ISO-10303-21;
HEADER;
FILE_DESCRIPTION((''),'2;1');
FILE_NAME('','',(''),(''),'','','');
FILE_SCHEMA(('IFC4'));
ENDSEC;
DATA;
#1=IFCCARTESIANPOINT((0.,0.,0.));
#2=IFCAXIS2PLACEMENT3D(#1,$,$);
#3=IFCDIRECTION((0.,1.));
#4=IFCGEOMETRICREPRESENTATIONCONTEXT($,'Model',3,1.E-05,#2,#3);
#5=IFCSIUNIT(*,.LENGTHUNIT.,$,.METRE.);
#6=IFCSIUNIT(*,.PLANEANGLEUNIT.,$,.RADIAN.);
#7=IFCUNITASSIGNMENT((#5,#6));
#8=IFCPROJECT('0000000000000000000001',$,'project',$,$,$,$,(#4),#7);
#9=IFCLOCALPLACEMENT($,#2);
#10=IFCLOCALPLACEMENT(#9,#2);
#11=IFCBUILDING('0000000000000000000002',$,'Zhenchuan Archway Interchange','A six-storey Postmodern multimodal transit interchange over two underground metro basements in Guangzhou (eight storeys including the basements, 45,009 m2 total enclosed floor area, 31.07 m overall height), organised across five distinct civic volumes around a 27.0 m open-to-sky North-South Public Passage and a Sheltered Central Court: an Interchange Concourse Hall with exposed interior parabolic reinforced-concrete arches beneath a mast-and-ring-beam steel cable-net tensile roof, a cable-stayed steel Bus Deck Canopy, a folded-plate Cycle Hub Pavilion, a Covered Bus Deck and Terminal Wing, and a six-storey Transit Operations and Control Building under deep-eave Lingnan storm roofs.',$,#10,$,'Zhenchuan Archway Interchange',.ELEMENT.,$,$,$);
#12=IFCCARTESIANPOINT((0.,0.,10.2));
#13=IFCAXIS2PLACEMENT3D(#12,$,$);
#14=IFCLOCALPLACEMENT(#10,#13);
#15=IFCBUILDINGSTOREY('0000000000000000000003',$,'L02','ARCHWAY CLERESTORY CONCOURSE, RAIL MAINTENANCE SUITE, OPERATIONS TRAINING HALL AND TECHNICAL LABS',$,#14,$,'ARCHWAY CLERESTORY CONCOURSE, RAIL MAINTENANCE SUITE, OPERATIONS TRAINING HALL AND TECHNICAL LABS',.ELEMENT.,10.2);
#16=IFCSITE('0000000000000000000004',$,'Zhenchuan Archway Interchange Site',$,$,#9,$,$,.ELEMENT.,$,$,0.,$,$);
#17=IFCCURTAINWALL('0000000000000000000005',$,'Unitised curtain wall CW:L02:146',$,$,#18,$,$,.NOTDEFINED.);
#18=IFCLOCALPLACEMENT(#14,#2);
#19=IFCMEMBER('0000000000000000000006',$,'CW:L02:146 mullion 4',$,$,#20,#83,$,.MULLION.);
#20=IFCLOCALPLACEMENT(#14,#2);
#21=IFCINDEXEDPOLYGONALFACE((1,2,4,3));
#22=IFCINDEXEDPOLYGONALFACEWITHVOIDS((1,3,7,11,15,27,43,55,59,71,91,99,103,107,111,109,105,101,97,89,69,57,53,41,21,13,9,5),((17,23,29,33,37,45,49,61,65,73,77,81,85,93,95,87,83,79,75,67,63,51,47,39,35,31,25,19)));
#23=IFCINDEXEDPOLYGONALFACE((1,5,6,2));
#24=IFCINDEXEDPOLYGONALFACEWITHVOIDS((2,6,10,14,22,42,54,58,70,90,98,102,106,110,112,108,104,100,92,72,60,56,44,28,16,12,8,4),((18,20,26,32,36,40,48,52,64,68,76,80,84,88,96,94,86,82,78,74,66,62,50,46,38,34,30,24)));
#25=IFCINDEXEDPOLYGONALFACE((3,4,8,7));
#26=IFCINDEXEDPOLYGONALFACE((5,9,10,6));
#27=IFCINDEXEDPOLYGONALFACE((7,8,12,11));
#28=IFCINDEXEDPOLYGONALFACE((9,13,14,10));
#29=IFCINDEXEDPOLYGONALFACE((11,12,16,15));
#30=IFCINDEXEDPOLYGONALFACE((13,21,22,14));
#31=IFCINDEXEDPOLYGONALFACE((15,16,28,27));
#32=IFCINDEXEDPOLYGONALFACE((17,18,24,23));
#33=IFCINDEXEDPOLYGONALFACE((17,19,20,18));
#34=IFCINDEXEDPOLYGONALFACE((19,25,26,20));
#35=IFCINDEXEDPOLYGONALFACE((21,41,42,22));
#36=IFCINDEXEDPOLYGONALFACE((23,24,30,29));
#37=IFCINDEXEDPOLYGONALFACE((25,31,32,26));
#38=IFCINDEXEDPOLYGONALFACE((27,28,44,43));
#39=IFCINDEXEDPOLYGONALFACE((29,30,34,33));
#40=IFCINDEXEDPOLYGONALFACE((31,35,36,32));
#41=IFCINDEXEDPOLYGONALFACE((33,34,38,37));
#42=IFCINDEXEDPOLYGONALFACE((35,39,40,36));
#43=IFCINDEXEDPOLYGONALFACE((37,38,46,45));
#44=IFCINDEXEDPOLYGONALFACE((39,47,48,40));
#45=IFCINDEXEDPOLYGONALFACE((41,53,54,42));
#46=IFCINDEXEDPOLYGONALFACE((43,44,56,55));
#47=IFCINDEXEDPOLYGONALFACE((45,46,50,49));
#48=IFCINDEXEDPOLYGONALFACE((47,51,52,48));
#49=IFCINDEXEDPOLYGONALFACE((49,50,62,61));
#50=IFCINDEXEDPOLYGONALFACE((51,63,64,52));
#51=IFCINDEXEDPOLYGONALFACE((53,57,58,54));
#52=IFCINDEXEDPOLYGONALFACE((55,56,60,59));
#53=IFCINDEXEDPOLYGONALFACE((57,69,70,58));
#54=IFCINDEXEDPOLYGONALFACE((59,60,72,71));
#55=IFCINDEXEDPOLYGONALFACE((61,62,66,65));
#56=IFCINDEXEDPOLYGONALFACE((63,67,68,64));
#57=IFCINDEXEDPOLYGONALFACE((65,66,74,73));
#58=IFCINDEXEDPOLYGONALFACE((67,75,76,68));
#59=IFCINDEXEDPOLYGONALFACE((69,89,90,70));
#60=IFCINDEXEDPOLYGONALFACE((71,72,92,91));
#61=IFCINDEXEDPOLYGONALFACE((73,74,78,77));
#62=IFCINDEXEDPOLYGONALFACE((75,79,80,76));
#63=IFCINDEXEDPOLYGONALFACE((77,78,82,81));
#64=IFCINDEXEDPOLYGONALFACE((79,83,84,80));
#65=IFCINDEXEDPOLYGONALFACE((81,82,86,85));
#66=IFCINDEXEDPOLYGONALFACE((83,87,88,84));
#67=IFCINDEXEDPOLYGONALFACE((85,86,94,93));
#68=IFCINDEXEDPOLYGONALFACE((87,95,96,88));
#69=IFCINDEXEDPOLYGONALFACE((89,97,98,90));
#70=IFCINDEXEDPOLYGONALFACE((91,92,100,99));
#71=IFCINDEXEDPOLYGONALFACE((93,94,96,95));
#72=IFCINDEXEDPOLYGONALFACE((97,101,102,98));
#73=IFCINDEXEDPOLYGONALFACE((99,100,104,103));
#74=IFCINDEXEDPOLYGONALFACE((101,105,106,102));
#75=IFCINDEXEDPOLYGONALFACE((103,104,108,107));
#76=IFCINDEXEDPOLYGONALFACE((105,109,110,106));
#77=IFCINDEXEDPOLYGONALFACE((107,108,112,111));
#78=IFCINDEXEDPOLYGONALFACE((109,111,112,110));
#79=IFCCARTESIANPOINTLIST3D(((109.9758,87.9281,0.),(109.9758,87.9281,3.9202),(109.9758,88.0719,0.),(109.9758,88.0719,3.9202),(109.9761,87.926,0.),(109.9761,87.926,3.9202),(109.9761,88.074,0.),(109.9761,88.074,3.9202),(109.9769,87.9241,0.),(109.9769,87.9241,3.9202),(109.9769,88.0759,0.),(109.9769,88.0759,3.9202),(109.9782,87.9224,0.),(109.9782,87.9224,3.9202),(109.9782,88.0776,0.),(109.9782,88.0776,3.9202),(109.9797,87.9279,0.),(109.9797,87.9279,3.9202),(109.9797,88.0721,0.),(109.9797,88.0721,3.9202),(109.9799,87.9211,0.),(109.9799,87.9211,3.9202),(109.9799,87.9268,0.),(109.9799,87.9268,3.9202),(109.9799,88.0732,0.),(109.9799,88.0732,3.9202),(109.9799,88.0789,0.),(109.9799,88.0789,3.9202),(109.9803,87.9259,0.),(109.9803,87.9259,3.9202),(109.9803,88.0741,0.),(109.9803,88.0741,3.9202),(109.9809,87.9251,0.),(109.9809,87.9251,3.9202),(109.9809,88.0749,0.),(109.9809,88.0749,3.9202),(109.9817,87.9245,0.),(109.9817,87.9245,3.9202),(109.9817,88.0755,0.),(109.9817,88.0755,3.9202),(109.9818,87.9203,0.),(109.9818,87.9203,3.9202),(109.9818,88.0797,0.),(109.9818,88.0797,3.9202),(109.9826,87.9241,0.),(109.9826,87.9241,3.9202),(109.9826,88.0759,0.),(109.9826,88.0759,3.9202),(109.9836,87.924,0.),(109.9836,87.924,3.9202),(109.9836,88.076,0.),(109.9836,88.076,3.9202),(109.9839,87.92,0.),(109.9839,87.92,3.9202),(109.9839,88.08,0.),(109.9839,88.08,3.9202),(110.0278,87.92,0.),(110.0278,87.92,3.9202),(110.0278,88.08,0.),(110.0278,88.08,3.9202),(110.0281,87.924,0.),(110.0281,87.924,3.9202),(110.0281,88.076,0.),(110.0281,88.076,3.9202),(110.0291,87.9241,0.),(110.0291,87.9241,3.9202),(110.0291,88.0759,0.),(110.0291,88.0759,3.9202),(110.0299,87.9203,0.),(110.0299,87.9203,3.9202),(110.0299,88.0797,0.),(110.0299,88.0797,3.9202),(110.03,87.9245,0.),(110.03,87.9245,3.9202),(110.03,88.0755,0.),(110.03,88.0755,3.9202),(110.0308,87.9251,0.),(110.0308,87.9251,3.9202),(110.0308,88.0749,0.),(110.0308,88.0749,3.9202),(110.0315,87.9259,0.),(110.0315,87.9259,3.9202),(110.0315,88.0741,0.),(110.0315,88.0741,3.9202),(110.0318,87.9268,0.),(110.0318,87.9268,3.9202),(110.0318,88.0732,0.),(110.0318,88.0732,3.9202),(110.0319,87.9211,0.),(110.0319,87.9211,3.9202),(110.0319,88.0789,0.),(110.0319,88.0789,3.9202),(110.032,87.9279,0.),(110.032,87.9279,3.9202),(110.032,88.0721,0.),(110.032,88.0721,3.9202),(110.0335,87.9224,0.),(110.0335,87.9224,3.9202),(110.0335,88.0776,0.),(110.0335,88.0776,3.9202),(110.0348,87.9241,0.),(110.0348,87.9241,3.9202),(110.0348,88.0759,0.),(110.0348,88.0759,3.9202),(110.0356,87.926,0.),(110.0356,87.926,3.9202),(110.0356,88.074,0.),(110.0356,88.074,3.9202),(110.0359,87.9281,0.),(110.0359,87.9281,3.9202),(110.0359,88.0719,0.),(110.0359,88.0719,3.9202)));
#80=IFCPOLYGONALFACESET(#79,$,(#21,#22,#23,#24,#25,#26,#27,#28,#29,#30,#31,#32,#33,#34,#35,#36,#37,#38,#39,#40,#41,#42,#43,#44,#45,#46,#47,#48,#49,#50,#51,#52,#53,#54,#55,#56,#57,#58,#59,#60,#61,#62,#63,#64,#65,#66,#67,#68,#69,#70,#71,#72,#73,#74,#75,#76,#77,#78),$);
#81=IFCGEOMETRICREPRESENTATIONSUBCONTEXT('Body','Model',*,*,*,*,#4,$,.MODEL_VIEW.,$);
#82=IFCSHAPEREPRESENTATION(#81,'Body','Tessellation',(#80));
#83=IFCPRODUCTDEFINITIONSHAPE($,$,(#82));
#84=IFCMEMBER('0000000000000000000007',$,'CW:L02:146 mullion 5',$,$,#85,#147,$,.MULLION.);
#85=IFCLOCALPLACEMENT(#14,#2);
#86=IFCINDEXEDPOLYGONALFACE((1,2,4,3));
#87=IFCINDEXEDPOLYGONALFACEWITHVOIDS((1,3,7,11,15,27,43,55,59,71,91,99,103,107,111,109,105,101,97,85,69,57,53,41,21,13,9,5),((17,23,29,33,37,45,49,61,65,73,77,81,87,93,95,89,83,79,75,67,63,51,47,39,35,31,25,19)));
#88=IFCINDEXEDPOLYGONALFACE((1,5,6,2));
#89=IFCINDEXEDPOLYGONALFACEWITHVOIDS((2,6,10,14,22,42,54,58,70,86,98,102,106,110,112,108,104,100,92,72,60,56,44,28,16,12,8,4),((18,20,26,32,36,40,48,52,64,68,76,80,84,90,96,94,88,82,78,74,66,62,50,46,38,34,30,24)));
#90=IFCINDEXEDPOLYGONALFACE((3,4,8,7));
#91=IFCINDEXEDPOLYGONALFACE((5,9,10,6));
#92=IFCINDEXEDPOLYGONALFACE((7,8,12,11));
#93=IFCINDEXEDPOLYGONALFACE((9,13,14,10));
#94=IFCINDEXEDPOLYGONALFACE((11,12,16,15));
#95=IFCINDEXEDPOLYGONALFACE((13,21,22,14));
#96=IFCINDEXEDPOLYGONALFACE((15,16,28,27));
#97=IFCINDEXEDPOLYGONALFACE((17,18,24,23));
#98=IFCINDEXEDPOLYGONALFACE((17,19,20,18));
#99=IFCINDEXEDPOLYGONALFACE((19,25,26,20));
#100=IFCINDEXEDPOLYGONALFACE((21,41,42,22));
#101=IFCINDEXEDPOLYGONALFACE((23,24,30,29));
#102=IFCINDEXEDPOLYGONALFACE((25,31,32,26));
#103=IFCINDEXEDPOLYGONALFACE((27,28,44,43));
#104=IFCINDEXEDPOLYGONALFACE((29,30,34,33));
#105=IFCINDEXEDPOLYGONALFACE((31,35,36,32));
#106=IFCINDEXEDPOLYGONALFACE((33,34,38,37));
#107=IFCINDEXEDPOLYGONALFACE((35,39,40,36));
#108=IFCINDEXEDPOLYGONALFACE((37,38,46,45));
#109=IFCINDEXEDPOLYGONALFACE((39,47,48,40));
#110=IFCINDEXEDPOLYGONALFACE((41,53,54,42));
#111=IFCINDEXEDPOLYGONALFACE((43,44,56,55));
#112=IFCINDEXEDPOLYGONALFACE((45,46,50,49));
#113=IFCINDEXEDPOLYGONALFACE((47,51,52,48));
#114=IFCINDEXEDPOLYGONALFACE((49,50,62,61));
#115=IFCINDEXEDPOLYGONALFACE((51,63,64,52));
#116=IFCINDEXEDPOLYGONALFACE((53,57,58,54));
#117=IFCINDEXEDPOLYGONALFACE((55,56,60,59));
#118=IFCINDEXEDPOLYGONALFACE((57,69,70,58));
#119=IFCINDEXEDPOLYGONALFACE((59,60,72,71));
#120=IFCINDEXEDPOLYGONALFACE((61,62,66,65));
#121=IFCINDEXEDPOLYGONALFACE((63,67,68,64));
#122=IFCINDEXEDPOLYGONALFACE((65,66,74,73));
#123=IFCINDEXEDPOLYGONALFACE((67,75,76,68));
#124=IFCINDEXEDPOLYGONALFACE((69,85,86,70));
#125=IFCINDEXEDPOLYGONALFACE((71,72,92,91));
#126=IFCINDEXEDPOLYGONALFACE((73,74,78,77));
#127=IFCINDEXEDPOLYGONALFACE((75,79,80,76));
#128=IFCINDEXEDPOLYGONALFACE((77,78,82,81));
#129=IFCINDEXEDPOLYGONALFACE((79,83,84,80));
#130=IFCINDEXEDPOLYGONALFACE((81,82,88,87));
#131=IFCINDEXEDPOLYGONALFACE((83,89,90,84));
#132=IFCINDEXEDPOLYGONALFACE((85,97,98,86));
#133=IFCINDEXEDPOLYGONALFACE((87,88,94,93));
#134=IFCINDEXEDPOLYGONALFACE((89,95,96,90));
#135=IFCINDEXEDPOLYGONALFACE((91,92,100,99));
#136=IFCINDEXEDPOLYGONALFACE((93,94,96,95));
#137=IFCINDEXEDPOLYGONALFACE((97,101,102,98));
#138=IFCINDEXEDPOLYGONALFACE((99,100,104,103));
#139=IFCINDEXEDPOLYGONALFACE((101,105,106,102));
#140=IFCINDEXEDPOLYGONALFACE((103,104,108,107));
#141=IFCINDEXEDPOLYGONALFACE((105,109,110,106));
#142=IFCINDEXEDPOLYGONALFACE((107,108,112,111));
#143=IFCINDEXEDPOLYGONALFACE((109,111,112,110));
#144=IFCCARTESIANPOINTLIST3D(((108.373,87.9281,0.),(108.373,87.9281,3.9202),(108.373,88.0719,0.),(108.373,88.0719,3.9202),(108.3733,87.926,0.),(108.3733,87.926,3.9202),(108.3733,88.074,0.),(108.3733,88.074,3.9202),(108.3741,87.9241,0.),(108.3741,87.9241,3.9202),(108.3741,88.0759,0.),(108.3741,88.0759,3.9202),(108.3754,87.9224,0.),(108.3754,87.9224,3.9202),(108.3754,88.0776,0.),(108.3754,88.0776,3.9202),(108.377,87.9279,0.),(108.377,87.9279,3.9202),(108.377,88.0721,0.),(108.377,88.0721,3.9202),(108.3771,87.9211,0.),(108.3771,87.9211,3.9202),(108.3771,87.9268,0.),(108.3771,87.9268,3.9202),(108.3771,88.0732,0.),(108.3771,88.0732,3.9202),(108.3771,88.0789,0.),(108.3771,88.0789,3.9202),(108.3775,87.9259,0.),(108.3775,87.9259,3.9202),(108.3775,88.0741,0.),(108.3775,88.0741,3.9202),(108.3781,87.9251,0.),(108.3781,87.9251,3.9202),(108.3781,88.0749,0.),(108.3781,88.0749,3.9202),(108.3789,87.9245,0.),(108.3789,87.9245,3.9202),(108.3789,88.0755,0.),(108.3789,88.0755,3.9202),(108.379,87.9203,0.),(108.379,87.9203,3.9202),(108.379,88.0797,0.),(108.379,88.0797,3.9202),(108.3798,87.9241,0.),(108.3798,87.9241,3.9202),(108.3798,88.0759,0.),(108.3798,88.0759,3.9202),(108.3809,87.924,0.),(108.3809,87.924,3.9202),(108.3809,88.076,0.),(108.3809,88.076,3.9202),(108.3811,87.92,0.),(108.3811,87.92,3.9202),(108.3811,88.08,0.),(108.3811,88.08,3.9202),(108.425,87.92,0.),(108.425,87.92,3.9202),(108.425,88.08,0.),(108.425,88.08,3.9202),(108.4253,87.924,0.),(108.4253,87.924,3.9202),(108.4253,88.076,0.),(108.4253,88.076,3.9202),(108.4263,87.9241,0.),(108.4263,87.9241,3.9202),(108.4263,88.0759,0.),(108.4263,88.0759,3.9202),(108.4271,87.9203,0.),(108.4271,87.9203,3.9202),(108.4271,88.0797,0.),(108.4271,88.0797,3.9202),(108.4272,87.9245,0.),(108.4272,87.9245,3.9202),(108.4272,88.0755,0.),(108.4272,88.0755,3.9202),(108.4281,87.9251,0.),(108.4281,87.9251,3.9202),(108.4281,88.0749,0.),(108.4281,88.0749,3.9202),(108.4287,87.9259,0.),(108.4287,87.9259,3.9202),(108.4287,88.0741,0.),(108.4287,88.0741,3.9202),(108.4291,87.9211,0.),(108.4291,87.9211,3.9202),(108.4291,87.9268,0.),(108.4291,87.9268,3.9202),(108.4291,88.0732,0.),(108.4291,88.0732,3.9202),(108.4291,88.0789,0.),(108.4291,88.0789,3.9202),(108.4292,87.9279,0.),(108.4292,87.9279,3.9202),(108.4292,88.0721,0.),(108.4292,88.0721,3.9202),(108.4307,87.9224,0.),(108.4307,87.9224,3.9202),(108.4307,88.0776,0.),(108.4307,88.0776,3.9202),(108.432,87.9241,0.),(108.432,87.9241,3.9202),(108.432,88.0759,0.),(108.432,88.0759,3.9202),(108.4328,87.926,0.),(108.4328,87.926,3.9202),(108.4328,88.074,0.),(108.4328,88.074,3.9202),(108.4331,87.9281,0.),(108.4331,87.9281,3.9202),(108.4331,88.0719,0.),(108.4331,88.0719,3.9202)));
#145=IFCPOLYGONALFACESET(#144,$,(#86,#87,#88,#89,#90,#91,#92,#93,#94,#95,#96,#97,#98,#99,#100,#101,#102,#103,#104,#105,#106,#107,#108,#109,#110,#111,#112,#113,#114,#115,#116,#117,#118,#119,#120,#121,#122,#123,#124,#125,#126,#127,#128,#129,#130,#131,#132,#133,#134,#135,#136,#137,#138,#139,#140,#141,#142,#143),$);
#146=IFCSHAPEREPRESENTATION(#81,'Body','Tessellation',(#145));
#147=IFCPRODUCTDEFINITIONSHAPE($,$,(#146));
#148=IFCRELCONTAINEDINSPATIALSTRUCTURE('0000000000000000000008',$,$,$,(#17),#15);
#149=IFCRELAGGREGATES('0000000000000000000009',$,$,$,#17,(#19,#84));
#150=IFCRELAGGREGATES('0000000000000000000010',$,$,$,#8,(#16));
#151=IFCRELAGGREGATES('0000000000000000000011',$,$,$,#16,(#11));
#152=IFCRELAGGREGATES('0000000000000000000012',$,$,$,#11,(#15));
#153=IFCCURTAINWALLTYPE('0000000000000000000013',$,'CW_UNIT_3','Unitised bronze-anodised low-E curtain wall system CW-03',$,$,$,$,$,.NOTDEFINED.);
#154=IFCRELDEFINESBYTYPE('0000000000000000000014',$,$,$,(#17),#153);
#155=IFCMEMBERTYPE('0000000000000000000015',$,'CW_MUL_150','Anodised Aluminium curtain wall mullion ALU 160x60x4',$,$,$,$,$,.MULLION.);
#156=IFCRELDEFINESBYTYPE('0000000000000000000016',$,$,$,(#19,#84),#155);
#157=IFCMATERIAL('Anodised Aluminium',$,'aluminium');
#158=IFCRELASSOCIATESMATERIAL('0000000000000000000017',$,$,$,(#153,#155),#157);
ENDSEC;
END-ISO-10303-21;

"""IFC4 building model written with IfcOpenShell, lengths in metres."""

from ifc_helpers import new_model, si_unit, direction, frame, origin, origin_2d, place, context, subcontext, project, spatial, hollow_rectangle, extrude, material, material_profile, profile_set, type_object, element, aggregate, save


model = new_model("IFC4")

# Units and contexts
model_context = context("Model", 3, precision=1e-05, world=origin(), true_north=direction((0.0, 1.0)))
body_context = subcontext(model_context, "Body", "Model", "MODEL_VIEW")
ifc_project = project(units=[si_unit("LENGTHUNIT", "METRE"), si_unit("PLANEANGLEUNIT", "RADIAN")], contexts=[model_context])

# Site, building, storey
site_placement = place(None, origin())
site = spatial("IfcSite", under=ifc_project, at=site_placement, Name="Zhenchuan Archway Interchange Site", CompositionType="ELEMENT", RefElevation=0.0)
building_placement = place(site_placement, origin())
building = spatial("IfcBuilding", under=site, at=building_placement, Name="Zhenchuan Archway Interchange", Description="A six-storey Postmodern multimodal transit interchange over two underground metro basements in Guangzhou (eight storeys including the basements, 45,009 m2 total enclosed floor area, 31.07 m overall height), organised across five distinct civic volumes around a 27.0 m open-to-sky North-South Public Passage and a Sheltered Central Court: an Interchange Concourse Hall with exposed interior parabolic reinforced-concrete arches beneath a mast-and-ring-beam steel cable-net tensile roof, a cable-stayed steel Bus Deck Canopy, a folded-plate Cycle Hub Pavilion, a Covered Bus Deck and Terminal Wing, and a six-storey Transit Operations and Control Building under deep-eave Lingnan storm roofs.", LongName="Zhenchuan Archway Interchange", CompositionType="ELEMENT")
storey_placement = place(building_placement, frame((0.0, 0.0, 10.2)))
storey = spatial("IfcBuildingStorey", under=building, at=storey_placement, Name="L02", Description="ARCHWAY CLERESTORY CONCOURSE, RAIL MAINTENANCE SUITE, OPERATIONS TRAINING HALL AND TECHNICAL LABS", LongName="ARCHWAY CLERESTORY CONCOURSE, RAIL MAINTENANCE SUITE, OPERATIONS TRAINING HALL AND TECHNICAL LABS", CompositionType="ELEMENT", Elevation=10.2)

# Curtain wall, members
ifc_material_1 = material(Name="Anodised Aluminium", Category="aluminium")
curtain_wall_type = type_object("IfcCurtainWallType", Name="CW_UNIT_3", Description="Unitised bronze-anodised low-E curtain wall system CW-03", PredefinedType="NOTDEFINED", material=ifc_material_1)
curtain_wall_placement = place(storey_placement, origin())
curtain_wall = element("IfcCurtainWall", 1, at=curtain_wall_placement, inside=storey, type_object=curtain_wall_type, Name="Unitised curtain wall CW:L02:146", PredefinedType="NOTDEFINED")
ifc_material_profile_1 = material_profile(ifc_material_1, hollow_rectangle(XDim=0.0601, YDim=0.1599, WallThickness=0.0039, InnerFilletRadius=0.0039, OuterFilletRadius=0.0081, at=origin_2d()), Name="ALU 160x60x4")
ifc_profile_set_1 = profile_set([ifc_material_profile_1], Name="Anodised Aluminium")
member_type_1 = type_object("IfcMemberType", Name="CW_MUL_150", Description="Anodised Aluminium curtain wall mullion ALU 160x60x4", PredefinedType="MULLION", material=ifc_profile_set_1)
member_1_placement = place(storey_placement, frame((110.0059, 88.0, 0.0), z_axis=(0.0, 0.0, 1.0), x_axis=(1.0, 0.0, 0.0)))
member_1 = element("IfcMember", 2, at=member_1_placement, type_object=member_type_1, Name="CW:L02:146 mullion 4", PredefinedType="MULLION", context=body_context, shape_type="SweptSolid", body=[
    extrude(hollow_rectangle(XDim=0.0601, YDim=0.1599, WallThickness=0.0039, InnerFilletRadius=0.0039, OuterFilletRadius=0.0081, at=origin_2d()), origin(), (0.0, 0.0, 1.0), 3.9202),
])
member_2_placement = place(storey_placement, frame((108.4031, 88.0, 0.0), z_axis=(0.0, 0.0, 1.0), x_axis=(1.0, 0.0, 0.0)))
member_2 = element("IfcMember", 3, at=member_2_placement, type_object=member_type_1, Name="CW:L02:146 mullion 5", PredefinedType="MULLION", context=body_context, shape_type="SweptSolid", body=[
    extrude(hollow_rectangle(XDim=0.0601, YDim=0.1599, WallThickness=0.0039, InnerFilletRadius=0.0039, OuterFilletRadius=0.0081, at=origin_2d()), origin(), (0.0, 0.0, 1.0), 3.9202),
])

aggregate(curtain_wall, [member_1, member_2])

save(model, "model.ifc")
